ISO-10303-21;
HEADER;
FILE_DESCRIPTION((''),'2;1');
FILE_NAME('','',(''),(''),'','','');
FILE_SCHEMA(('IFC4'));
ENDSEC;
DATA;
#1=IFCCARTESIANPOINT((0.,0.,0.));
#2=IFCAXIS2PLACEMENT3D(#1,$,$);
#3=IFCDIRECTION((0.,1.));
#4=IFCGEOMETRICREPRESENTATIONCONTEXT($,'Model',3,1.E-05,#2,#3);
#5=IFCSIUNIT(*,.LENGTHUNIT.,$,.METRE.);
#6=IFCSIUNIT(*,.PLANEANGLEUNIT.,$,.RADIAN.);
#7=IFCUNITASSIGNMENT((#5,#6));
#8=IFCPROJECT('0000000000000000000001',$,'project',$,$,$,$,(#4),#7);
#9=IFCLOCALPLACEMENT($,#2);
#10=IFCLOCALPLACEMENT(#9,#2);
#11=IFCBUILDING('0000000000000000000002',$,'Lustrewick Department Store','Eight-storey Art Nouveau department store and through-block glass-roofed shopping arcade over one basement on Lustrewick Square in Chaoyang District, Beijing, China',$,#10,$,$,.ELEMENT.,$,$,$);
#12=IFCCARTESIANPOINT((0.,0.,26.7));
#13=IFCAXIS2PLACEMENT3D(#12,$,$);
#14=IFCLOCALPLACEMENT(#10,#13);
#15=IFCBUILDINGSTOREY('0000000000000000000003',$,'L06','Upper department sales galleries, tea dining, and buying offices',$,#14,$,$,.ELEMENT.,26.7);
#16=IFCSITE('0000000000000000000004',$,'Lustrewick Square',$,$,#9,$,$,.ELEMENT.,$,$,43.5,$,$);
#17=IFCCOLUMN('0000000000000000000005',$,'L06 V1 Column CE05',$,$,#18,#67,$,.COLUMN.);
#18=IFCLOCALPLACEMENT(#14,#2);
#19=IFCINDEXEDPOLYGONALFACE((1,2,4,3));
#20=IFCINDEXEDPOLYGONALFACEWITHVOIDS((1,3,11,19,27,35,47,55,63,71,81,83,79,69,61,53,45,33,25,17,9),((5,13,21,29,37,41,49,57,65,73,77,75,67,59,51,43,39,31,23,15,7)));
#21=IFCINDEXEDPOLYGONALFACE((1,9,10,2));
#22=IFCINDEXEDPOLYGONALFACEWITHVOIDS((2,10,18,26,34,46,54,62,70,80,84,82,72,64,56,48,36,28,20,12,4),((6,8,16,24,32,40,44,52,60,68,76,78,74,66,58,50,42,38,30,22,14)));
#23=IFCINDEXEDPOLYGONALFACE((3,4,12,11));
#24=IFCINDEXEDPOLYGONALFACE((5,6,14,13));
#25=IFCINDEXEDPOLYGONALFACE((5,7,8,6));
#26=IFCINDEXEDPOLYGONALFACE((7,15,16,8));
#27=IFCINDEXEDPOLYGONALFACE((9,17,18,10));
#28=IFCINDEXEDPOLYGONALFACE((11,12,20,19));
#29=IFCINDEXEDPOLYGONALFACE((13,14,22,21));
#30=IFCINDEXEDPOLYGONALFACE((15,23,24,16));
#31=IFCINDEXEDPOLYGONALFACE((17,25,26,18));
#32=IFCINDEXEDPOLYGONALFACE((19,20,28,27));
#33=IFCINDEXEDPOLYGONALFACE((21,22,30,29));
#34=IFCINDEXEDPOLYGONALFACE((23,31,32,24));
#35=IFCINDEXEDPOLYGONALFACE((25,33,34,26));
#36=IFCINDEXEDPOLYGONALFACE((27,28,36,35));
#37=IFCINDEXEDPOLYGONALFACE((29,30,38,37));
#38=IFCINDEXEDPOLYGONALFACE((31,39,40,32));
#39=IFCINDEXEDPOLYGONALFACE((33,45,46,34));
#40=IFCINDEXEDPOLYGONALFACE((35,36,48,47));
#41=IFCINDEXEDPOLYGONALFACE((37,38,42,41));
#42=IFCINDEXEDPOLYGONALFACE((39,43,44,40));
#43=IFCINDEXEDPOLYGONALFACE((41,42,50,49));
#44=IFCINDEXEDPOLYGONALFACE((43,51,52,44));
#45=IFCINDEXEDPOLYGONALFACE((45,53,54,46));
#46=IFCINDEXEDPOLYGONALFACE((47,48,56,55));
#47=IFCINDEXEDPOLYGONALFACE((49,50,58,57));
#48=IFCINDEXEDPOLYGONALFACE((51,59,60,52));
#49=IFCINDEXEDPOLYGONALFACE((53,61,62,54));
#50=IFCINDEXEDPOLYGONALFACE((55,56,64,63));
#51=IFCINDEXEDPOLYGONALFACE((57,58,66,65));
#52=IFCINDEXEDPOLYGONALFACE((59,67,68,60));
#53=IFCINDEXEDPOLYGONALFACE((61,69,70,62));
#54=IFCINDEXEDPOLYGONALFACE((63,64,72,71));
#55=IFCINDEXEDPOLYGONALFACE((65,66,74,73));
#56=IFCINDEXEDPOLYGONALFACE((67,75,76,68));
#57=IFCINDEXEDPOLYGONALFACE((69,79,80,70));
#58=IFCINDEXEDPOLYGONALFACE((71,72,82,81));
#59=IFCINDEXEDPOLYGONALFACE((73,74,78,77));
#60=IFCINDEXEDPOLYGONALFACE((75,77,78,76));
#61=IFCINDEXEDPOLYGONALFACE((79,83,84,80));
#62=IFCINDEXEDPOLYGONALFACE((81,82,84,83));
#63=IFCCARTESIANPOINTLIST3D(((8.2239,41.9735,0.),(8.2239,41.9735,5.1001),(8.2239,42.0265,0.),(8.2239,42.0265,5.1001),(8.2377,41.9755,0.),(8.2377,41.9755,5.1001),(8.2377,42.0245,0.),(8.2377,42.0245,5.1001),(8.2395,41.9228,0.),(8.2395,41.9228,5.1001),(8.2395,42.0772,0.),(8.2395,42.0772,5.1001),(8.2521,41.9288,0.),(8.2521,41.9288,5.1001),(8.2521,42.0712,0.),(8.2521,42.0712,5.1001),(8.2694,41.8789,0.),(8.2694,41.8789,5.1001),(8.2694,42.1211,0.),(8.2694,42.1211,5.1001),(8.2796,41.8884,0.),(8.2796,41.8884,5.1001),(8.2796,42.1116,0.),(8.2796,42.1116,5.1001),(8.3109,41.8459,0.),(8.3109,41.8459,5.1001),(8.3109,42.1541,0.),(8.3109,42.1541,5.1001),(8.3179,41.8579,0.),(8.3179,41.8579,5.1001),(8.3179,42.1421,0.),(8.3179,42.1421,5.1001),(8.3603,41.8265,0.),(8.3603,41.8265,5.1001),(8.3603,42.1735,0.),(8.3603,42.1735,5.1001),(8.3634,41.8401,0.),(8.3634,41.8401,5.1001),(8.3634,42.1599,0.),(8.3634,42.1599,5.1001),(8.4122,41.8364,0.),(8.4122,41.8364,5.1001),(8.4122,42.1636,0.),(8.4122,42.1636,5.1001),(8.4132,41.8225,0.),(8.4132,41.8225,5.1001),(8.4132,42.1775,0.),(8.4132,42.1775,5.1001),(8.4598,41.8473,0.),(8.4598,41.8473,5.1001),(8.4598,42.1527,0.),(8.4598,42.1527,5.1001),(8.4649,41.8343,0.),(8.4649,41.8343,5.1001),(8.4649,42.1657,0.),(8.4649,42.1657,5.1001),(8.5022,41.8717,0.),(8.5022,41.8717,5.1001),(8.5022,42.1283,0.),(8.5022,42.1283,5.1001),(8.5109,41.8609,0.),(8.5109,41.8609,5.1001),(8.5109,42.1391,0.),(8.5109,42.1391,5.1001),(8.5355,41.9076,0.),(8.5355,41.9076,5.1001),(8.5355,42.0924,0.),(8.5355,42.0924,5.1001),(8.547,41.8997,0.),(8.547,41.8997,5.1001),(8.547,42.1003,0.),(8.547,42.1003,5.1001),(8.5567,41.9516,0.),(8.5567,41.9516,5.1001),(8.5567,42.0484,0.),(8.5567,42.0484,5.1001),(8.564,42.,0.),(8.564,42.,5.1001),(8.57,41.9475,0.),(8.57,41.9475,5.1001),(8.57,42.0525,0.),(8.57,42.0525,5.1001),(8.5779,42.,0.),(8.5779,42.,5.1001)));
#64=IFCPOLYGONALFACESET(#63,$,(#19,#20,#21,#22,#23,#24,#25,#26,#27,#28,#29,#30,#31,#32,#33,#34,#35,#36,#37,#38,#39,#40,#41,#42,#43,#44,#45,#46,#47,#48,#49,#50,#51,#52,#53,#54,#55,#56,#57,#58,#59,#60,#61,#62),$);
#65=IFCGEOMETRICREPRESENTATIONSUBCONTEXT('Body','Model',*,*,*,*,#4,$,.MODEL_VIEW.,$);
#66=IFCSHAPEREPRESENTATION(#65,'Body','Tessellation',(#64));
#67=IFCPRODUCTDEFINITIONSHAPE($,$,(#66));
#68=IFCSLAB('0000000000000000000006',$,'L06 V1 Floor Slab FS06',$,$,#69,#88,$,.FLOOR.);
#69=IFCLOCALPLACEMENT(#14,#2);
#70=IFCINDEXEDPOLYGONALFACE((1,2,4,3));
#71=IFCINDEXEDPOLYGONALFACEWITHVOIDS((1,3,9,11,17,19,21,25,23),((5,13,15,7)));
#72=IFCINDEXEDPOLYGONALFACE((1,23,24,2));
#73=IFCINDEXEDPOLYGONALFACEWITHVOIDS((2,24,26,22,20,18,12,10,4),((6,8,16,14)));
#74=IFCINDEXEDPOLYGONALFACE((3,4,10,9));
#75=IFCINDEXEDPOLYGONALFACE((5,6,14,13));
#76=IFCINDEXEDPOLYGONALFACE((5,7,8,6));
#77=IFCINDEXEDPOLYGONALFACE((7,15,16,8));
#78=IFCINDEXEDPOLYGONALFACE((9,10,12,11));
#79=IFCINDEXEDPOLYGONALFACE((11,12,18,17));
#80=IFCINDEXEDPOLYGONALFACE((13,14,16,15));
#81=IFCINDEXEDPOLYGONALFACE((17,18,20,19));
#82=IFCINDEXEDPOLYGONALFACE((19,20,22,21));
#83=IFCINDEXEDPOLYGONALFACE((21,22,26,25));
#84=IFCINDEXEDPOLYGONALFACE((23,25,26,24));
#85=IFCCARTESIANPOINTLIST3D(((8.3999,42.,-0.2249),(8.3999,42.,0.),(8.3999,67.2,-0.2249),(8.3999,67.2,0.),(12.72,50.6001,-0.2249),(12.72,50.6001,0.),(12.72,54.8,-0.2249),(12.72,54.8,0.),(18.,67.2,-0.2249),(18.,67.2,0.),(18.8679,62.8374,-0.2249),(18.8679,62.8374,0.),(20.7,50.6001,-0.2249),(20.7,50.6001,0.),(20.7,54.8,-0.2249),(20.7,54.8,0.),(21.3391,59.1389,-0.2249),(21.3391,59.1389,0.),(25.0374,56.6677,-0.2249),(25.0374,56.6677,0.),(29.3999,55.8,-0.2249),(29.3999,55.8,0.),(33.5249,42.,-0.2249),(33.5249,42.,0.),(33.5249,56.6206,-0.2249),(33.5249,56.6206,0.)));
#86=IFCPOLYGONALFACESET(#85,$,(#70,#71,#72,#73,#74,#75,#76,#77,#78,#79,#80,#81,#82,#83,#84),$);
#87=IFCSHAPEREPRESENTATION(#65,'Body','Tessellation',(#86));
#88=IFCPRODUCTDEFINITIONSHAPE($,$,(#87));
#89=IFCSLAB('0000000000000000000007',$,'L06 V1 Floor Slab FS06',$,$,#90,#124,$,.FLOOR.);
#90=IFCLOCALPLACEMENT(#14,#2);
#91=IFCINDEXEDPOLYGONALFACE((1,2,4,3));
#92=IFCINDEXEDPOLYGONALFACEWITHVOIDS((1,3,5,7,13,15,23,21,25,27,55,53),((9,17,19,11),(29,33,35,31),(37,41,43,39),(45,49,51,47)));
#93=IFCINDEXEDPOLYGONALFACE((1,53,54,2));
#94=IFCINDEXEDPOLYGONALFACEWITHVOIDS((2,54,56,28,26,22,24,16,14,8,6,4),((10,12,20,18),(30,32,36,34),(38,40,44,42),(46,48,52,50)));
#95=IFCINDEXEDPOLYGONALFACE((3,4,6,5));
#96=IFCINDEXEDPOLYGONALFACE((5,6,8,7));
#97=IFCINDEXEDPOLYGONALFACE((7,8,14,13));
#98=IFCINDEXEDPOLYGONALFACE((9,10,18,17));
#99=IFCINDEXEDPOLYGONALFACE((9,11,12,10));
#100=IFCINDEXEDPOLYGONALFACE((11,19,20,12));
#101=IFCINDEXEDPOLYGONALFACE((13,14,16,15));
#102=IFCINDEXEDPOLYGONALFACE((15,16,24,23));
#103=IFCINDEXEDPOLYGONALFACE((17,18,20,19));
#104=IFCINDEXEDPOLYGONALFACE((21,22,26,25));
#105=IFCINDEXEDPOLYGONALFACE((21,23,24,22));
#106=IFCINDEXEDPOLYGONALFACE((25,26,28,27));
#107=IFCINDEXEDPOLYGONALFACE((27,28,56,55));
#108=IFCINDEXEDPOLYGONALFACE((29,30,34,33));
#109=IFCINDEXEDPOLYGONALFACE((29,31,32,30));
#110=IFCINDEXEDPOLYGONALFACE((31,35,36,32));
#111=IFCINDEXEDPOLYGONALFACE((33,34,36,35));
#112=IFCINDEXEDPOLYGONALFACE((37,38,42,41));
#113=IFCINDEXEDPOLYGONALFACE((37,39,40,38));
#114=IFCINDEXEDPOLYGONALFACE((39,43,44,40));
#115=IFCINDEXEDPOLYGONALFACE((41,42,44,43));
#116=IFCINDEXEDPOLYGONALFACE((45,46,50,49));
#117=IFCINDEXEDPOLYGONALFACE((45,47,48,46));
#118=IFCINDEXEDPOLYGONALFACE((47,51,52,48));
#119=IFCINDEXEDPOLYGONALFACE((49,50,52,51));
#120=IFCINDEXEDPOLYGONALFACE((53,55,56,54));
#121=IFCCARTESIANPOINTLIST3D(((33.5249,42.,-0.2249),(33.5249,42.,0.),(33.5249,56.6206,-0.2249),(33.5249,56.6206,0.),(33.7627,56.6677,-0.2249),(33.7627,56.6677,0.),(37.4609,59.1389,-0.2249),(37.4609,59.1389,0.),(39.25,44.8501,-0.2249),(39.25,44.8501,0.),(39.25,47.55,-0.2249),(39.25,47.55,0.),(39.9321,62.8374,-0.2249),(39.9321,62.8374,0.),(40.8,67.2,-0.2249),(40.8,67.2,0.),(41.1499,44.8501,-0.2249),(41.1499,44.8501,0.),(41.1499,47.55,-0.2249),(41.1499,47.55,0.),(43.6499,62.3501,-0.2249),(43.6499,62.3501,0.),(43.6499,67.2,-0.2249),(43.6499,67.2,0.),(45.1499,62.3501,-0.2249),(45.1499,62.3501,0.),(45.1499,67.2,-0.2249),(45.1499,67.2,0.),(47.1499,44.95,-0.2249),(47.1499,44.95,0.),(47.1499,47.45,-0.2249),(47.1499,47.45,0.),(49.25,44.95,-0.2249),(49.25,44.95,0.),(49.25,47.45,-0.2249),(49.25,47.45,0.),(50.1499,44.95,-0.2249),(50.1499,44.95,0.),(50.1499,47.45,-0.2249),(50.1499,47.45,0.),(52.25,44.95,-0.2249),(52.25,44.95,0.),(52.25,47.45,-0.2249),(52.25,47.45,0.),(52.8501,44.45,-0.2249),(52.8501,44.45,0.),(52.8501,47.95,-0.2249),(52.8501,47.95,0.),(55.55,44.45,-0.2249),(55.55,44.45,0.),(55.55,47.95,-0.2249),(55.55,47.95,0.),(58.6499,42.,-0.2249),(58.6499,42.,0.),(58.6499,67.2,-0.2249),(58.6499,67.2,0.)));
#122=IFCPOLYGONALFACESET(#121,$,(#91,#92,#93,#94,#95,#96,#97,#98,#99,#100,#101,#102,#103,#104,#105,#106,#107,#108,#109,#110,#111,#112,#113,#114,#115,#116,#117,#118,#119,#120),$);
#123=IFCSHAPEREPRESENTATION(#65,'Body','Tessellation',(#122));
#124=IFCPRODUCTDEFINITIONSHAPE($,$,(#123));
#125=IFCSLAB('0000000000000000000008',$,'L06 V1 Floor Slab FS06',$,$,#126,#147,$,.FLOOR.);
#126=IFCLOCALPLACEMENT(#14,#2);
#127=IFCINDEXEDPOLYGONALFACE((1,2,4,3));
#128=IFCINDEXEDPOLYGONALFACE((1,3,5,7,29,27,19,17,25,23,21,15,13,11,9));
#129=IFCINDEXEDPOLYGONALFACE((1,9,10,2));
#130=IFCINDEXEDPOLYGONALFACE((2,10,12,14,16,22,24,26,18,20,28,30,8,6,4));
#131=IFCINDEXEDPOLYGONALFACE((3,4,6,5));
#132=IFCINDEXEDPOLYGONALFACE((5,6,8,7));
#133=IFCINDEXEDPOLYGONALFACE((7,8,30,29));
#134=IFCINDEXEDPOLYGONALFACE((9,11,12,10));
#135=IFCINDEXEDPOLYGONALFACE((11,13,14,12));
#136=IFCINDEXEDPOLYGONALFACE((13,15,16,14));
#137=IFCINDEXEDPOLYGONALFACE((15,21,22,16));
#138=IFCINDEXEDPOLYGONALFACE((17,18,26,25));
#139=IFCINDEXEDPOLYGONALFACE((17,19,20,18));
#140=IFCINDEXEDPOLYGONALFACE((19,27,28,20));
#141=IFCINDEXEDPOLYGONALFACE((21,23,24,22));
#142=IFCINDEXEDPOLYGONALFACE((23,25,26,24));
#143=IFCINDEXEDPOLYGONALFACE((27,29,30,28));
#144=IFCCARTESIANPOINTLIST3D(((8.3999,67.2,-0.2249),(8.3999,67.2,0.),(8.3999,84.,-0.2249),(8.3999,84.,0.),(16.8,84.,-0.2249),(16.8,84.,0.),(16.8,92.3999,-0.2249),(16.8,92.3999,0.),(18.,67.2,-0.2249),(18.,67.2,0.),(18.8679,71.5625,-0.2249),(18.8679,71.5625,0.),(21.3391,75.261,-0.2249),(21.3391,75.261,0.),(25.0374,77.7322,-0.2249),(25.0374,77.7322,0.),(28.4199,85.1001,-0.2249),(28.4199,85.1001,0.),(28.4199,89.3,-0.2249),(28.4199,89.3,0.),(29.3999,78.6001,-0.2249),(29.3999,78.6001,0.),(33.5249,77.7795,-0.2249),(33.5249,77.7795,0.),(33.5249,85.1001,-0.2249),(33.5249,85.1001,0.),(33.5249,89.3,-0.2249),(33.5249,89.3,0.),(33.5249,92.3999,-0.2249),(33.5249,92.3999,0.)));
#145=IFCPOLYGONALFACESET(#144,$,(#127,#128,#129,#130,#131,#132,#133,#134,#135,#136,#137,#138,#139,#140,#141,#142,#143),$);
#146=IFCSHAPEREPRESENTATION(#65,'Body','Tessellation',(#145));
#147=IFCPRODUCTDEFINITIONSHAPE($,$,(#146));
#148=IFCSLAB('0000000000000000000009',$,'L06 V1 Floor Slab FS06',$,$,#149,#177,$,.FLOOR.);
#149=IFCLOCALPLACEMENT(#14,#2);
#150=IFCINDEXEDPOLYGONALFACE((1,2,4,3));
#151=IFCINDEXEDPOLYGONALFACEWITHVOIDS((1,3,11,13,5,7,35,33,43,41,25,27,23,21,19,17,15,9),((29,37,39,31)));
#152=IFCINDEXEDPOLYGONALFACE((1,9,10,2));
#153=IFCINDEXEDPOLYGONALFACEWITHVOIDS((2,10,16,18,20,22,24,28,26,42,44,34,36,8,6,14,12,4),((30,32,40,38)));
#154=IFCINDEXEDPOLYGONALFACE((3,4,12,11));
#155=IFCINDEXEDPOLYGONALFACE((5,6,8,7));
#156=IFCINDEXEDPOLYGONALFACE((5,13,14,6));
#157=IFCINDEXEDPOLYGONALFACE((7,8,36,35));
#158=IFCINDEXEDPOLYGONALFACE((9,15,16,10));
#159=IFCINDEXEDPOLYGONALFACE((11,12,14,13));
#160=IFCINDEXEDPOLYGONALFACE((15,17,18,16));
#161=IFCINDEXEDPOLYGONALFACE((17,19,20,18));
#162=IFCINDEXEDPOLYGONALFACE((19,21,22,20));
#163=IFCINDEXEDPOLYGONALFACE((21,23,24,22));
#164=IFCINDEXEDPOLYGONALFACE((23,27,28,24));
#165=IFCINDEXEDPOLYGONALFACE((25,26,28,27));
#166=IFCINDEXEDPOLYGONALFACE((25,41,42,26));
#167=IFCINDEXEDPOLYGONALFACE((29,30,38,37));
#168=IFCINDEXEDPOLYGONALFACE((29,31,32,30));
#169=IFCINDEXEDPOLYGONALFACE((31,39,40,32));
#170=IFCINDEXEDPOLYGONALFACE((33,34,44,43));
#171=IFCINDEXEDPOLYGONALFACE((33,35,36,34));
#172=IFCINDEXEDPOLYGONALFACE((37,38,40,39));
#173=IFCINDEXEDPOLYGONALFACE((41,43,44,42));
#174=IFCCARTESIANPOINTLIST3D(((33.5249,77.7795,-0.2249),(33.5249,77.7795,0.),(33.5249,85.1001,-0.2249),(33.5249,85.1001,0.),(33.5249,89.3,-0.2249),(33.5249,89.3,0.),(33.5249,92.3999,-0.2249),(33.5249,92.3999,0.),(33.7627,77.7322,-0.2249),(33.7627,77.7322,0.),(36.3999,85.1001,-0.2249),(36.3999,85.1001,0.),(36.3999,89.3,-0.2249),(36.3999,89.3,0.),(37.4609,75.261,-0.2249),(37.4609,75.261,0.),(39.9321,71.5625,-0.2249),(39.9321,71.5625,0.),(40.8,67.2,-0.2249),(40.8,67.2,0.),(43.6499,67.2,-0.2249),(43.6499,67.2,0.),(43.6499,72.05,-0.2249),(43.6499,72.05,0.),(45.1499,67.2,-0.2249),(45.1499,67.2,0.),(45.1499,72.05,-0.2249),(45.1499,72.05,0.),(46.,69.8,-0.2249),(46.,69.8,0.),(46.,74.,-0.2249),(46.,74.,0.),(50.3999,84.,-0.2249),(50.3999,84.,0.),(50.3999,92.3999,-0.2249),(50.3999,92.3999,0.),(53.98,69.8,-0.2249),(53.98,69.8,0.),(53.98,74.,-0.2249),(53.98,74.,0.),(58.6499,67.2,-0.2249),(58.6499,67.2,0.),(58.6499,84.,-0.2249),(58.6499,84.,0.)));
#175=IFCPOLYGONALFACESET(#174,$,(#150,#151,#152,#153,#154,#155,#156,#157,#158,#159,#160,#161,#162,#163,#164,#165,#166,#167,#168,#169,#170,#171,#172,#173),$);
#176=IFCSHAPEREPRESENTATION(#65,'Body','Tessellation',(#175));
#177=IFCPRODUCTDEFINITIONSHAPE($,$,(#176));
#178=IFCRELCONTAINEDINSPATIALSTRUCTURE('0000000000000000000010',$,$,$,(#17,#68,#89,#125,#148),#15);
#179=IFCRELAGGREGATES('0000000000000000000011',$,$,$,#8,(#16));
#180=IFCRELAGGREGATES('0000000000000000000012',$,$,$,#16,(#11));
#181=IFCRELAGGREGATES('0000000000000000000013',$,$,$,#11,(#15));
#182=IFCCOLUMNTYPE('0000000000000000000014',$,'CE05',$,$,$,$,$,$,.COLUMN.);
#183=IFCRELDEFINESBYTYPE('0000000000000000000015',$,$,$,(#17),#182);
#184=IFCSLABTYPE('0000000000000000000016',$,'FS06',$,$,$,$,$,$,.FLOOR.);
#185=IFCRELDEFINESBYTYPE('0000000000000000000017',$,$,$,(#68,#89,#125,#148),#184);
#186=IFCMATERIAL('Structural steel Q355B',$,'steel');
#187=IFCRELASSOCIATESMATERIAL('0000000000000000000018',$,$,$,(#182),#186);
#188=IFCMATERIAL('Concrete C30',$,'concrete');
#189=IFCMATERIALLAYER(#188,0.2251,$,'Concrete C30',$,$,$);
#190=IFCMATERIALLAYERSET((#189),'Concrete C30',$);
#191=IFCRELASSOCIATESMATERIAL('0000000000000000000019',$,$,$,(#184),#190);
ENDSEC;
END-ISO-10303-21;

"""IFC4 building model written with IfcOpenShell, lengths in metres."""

from ifc_helpers import new_model, si_unit, direction, frame, origin, origin_2d, place, context, subcontext, project, spatial, polyline, hollow_circle, outline, extrude, material, layer, layer_set, material_profile, profile_set, type_object, element, save


model = new_model("IFC4")

# Units and contexts
model_context = context("Model", 3, precision=1e-05, world=origin(), true_north=direction((0.0, 1.0)))
body_context = subcontext(model_context, "Body", "Model", "MODEL_VIEW")
ifc_project = project(units=[si_unit("LENGTHUNIT", "METRE"), si_unit("PLANEANGLEUNIT", "RADIAN")], contexts=[model_context])

# Site, building, storey
site_placement = place(None, origin())
site = spatial("IfcSite", under=ifc_project, at=site_placement, Name="Lustrewick Square", CompositionType="ELEMENT", RefElevation=43.5)
building_placement = place(site_placement, origin())
building = spatial("IfcBuilding", under=site, at=building_placement, Name="Lustrewick Department Store", Description="Eight-storey Art Nouveau department store and through-block glass-roofed shopping arcade over one basement on Lustrewick Square in Chaoyang District, Beijing, China", CompositionType="ELEMENT")
storey_placement = place(building_placement, frame((0.0, 0.0, 26.7)))
storey = spatial("IfcBuildingStorey", under=building, at=storey_placement, Name="L06", Description="Upper department sales galleries, tea dining, and buying offices", CompositionType="ELEMENT", Elevation=26.7)

# Column
ifc_material_1 = material(Name="Structural steel Q355B", Category="steel")
ifc_material_profile = material_profile(ifc_material_1, hollow_circle(Radius=0.178, WallThickness=0.0139, at=origin_2d()), Name="CHS 356x14")
ifc_profile_set = profile_set([ifc_material_profile], Name="Structural steel Q355B")
column_type = type_object("IfcColumnType", Name="CE05", PredefinedType="COLUMN", material=ifc_profile_set)
column_placement = place(storey_placement, frame((8.3999, 42.0, 0.0), z_axis=(0.0, 0.0, 1.0), x_axis=(1.0, 0.0, 0.0)))
element("IfcColumn", 1, at=column_placement, inside=storey, type_object=column_type, Name="L06 V1 Column CE05", PredefinedType="COLUMN", context=body_context, shape_type="SweptSolid", body=[
    extrude(hollow_circle(Radius=0.178, WallThickness=0.0139, at=origin_2d()), origin(), (0.0, 0.0, 1.0), 5.1001),
])

# Slabs
ifc_material_2 = material(Name="Concrete C30", Category="concrete")
ifc_layer_1 = layer(ifc_material_2, 0.2251, Name="Concrete C30")
ifc_layer_set_1 = layer_set([ifc_layer_1], Name="Concrete C30")
slab_type_1 = type_object("IfcSlabType", Name="FS06", PredefinedType="FLOOR", material=ifc_layer_set_1)
slab_1_placement = place(storey_placement, frame((0.0, 0.0, -0.2249)))
element("IfcSlab", 2, at=slab_1_placement, inside=storey, type_object=slab_type_1, Name="L06 V1 Floor Slab FS06", PredefinedType="FLOOR", context=body_context, shape_type="SweptSolid", body=[
    extrude(outline(polyline([(8.3999, 42.0), (33.5249, 42.0), (33.5249, 56.6206), (29.3999, 55.8), (25.0374, 56.6677), (21.3391, 59.1389), (18.8679, 62.8374), (18.0, 67.2), (8.3999, 67.2), (8.3999, 42.0)]), holes=[polyline([(20.7, 50.6001), (12.72, 50.6001), (12.72, 54.8), (20.7, 54.8), (20.7, 50.6001)])]), origin(), (0.0, 0.0, 1.0), 0.2249),
])
slab_2_placement = place(storey_placement, frame((0.0, 0.0, -0.2249)))
element("IfcSlab", 3, at=slab_2_placement, inside=storey, type_object=slab_type_1, Name="L06 V1 Floor Slab FS06", PredefinedType="FLOOR", context=body_context, shape_type="SweptSolid", body=[
    extrude(outline(polyline([(58.6499, 42.0), (58.6499, 67.2), (45.1499, 67.2), (45.1499, 62.3501), (43.6499, 62.3501), (43.6499, 67.2), (40.8, 67.2), (39.9321, 62.8374), (37.4609, 59.1389), (33.7627, 56.6677), (33.5249, 56.6206), (33.5249, 42.0), (58.6499, 42.0)]), holes=[polyline([(55.55, 44.45), (52.8501, 44.45), (52.8501, 47.95), (55.55, 47.95), (55.55, 44.45)]), polyline([(52.25, 44.95), (50.1499, 44.95), (50.1499, 47.45), (52.25, 47.45), (52.25, 44.95)]), polyline([(49.25, 44.95), (47.1499, 44.95), (47.1499, 47.45), (49.25, 47.45), (49.25, 44.95)]), polyline([(41.1499, 44.8501), (39.25, 44.8501), (39.25, 47.55), (41.1499, 47.55), (41.1499, 44.8501)])]), origin(), (0.0, 0.0, 1.0), 0.2249),
])
slab_3_placement = place(storey_placement, frame((0.0, 0.0, -0.2249)))
element("IfcSlab", 4, at=slab_3_placement, inside=storey, type_object=slab_type_1, Name="L06 V1 Floor Slab FS06", PredefinedType="FLOOR", context=body_context, shape_type="SweptSolid", body=[
    extrude(outline(polyline([(8.3999, 84.0), (8.3999, 67.2), (18.0, 67.2), (18.8679, 71.5625), (21.3391, 75.261), (25.0374, 77.7322), (29.3999, 78.6001), (33.5249, 77.7795), (33.5249, 85.1001), (28.4199, 85.1001), (28.4199, 89.3), (33.5249, 89.3), (33.5249, 92.3999), (16.8, 92.3999), (16.8, 84.0), (8.3999, 84.0)])), origin(), (0.0, 0.0, 1.0), 0.2249),
])
slab_4_placement = place(storey_placement, frame((0.0, 0.0, -0.2249)))
element("IfcSlab", 5, at=slab_4_placement, inside=storey, type_object=slab_type_1, Name="L06 V1 Floor Slab FS06", PredefinedType="FLOOR", context=body_context, shape_type="SweptSolid", body=[
    extrude(outline(polyline([(58.6499, 67.2), (58.6499, 84.0), (50.3999, 84.0), (50.3999, 92.3999), (33.5249, 92.3999), (33.5249, 89.3), (36.3999, 89.3), (36.3999, 85.1001), (33.5249, 85.1001), (33.5249, 77.7795), (33.7627, 77.7322), (37.4609, 75.261), (39.9321, 71.5625), (40.8, 67.2), (43.6499, 67.2), (43.6499, 72.05), (45.1499, 72.05), (45.1499, 67.2), (58.6499, 67.2)]), holes=[polyline([(46.0, 69.8), (46.0, 74.0), (53.98, 74.0), (53.98, 69.8), (46.0, 69.8)])]), origin(), (0.0, 0.0, 1.0), 0.2249),
])

save(model, "model.ifc")
